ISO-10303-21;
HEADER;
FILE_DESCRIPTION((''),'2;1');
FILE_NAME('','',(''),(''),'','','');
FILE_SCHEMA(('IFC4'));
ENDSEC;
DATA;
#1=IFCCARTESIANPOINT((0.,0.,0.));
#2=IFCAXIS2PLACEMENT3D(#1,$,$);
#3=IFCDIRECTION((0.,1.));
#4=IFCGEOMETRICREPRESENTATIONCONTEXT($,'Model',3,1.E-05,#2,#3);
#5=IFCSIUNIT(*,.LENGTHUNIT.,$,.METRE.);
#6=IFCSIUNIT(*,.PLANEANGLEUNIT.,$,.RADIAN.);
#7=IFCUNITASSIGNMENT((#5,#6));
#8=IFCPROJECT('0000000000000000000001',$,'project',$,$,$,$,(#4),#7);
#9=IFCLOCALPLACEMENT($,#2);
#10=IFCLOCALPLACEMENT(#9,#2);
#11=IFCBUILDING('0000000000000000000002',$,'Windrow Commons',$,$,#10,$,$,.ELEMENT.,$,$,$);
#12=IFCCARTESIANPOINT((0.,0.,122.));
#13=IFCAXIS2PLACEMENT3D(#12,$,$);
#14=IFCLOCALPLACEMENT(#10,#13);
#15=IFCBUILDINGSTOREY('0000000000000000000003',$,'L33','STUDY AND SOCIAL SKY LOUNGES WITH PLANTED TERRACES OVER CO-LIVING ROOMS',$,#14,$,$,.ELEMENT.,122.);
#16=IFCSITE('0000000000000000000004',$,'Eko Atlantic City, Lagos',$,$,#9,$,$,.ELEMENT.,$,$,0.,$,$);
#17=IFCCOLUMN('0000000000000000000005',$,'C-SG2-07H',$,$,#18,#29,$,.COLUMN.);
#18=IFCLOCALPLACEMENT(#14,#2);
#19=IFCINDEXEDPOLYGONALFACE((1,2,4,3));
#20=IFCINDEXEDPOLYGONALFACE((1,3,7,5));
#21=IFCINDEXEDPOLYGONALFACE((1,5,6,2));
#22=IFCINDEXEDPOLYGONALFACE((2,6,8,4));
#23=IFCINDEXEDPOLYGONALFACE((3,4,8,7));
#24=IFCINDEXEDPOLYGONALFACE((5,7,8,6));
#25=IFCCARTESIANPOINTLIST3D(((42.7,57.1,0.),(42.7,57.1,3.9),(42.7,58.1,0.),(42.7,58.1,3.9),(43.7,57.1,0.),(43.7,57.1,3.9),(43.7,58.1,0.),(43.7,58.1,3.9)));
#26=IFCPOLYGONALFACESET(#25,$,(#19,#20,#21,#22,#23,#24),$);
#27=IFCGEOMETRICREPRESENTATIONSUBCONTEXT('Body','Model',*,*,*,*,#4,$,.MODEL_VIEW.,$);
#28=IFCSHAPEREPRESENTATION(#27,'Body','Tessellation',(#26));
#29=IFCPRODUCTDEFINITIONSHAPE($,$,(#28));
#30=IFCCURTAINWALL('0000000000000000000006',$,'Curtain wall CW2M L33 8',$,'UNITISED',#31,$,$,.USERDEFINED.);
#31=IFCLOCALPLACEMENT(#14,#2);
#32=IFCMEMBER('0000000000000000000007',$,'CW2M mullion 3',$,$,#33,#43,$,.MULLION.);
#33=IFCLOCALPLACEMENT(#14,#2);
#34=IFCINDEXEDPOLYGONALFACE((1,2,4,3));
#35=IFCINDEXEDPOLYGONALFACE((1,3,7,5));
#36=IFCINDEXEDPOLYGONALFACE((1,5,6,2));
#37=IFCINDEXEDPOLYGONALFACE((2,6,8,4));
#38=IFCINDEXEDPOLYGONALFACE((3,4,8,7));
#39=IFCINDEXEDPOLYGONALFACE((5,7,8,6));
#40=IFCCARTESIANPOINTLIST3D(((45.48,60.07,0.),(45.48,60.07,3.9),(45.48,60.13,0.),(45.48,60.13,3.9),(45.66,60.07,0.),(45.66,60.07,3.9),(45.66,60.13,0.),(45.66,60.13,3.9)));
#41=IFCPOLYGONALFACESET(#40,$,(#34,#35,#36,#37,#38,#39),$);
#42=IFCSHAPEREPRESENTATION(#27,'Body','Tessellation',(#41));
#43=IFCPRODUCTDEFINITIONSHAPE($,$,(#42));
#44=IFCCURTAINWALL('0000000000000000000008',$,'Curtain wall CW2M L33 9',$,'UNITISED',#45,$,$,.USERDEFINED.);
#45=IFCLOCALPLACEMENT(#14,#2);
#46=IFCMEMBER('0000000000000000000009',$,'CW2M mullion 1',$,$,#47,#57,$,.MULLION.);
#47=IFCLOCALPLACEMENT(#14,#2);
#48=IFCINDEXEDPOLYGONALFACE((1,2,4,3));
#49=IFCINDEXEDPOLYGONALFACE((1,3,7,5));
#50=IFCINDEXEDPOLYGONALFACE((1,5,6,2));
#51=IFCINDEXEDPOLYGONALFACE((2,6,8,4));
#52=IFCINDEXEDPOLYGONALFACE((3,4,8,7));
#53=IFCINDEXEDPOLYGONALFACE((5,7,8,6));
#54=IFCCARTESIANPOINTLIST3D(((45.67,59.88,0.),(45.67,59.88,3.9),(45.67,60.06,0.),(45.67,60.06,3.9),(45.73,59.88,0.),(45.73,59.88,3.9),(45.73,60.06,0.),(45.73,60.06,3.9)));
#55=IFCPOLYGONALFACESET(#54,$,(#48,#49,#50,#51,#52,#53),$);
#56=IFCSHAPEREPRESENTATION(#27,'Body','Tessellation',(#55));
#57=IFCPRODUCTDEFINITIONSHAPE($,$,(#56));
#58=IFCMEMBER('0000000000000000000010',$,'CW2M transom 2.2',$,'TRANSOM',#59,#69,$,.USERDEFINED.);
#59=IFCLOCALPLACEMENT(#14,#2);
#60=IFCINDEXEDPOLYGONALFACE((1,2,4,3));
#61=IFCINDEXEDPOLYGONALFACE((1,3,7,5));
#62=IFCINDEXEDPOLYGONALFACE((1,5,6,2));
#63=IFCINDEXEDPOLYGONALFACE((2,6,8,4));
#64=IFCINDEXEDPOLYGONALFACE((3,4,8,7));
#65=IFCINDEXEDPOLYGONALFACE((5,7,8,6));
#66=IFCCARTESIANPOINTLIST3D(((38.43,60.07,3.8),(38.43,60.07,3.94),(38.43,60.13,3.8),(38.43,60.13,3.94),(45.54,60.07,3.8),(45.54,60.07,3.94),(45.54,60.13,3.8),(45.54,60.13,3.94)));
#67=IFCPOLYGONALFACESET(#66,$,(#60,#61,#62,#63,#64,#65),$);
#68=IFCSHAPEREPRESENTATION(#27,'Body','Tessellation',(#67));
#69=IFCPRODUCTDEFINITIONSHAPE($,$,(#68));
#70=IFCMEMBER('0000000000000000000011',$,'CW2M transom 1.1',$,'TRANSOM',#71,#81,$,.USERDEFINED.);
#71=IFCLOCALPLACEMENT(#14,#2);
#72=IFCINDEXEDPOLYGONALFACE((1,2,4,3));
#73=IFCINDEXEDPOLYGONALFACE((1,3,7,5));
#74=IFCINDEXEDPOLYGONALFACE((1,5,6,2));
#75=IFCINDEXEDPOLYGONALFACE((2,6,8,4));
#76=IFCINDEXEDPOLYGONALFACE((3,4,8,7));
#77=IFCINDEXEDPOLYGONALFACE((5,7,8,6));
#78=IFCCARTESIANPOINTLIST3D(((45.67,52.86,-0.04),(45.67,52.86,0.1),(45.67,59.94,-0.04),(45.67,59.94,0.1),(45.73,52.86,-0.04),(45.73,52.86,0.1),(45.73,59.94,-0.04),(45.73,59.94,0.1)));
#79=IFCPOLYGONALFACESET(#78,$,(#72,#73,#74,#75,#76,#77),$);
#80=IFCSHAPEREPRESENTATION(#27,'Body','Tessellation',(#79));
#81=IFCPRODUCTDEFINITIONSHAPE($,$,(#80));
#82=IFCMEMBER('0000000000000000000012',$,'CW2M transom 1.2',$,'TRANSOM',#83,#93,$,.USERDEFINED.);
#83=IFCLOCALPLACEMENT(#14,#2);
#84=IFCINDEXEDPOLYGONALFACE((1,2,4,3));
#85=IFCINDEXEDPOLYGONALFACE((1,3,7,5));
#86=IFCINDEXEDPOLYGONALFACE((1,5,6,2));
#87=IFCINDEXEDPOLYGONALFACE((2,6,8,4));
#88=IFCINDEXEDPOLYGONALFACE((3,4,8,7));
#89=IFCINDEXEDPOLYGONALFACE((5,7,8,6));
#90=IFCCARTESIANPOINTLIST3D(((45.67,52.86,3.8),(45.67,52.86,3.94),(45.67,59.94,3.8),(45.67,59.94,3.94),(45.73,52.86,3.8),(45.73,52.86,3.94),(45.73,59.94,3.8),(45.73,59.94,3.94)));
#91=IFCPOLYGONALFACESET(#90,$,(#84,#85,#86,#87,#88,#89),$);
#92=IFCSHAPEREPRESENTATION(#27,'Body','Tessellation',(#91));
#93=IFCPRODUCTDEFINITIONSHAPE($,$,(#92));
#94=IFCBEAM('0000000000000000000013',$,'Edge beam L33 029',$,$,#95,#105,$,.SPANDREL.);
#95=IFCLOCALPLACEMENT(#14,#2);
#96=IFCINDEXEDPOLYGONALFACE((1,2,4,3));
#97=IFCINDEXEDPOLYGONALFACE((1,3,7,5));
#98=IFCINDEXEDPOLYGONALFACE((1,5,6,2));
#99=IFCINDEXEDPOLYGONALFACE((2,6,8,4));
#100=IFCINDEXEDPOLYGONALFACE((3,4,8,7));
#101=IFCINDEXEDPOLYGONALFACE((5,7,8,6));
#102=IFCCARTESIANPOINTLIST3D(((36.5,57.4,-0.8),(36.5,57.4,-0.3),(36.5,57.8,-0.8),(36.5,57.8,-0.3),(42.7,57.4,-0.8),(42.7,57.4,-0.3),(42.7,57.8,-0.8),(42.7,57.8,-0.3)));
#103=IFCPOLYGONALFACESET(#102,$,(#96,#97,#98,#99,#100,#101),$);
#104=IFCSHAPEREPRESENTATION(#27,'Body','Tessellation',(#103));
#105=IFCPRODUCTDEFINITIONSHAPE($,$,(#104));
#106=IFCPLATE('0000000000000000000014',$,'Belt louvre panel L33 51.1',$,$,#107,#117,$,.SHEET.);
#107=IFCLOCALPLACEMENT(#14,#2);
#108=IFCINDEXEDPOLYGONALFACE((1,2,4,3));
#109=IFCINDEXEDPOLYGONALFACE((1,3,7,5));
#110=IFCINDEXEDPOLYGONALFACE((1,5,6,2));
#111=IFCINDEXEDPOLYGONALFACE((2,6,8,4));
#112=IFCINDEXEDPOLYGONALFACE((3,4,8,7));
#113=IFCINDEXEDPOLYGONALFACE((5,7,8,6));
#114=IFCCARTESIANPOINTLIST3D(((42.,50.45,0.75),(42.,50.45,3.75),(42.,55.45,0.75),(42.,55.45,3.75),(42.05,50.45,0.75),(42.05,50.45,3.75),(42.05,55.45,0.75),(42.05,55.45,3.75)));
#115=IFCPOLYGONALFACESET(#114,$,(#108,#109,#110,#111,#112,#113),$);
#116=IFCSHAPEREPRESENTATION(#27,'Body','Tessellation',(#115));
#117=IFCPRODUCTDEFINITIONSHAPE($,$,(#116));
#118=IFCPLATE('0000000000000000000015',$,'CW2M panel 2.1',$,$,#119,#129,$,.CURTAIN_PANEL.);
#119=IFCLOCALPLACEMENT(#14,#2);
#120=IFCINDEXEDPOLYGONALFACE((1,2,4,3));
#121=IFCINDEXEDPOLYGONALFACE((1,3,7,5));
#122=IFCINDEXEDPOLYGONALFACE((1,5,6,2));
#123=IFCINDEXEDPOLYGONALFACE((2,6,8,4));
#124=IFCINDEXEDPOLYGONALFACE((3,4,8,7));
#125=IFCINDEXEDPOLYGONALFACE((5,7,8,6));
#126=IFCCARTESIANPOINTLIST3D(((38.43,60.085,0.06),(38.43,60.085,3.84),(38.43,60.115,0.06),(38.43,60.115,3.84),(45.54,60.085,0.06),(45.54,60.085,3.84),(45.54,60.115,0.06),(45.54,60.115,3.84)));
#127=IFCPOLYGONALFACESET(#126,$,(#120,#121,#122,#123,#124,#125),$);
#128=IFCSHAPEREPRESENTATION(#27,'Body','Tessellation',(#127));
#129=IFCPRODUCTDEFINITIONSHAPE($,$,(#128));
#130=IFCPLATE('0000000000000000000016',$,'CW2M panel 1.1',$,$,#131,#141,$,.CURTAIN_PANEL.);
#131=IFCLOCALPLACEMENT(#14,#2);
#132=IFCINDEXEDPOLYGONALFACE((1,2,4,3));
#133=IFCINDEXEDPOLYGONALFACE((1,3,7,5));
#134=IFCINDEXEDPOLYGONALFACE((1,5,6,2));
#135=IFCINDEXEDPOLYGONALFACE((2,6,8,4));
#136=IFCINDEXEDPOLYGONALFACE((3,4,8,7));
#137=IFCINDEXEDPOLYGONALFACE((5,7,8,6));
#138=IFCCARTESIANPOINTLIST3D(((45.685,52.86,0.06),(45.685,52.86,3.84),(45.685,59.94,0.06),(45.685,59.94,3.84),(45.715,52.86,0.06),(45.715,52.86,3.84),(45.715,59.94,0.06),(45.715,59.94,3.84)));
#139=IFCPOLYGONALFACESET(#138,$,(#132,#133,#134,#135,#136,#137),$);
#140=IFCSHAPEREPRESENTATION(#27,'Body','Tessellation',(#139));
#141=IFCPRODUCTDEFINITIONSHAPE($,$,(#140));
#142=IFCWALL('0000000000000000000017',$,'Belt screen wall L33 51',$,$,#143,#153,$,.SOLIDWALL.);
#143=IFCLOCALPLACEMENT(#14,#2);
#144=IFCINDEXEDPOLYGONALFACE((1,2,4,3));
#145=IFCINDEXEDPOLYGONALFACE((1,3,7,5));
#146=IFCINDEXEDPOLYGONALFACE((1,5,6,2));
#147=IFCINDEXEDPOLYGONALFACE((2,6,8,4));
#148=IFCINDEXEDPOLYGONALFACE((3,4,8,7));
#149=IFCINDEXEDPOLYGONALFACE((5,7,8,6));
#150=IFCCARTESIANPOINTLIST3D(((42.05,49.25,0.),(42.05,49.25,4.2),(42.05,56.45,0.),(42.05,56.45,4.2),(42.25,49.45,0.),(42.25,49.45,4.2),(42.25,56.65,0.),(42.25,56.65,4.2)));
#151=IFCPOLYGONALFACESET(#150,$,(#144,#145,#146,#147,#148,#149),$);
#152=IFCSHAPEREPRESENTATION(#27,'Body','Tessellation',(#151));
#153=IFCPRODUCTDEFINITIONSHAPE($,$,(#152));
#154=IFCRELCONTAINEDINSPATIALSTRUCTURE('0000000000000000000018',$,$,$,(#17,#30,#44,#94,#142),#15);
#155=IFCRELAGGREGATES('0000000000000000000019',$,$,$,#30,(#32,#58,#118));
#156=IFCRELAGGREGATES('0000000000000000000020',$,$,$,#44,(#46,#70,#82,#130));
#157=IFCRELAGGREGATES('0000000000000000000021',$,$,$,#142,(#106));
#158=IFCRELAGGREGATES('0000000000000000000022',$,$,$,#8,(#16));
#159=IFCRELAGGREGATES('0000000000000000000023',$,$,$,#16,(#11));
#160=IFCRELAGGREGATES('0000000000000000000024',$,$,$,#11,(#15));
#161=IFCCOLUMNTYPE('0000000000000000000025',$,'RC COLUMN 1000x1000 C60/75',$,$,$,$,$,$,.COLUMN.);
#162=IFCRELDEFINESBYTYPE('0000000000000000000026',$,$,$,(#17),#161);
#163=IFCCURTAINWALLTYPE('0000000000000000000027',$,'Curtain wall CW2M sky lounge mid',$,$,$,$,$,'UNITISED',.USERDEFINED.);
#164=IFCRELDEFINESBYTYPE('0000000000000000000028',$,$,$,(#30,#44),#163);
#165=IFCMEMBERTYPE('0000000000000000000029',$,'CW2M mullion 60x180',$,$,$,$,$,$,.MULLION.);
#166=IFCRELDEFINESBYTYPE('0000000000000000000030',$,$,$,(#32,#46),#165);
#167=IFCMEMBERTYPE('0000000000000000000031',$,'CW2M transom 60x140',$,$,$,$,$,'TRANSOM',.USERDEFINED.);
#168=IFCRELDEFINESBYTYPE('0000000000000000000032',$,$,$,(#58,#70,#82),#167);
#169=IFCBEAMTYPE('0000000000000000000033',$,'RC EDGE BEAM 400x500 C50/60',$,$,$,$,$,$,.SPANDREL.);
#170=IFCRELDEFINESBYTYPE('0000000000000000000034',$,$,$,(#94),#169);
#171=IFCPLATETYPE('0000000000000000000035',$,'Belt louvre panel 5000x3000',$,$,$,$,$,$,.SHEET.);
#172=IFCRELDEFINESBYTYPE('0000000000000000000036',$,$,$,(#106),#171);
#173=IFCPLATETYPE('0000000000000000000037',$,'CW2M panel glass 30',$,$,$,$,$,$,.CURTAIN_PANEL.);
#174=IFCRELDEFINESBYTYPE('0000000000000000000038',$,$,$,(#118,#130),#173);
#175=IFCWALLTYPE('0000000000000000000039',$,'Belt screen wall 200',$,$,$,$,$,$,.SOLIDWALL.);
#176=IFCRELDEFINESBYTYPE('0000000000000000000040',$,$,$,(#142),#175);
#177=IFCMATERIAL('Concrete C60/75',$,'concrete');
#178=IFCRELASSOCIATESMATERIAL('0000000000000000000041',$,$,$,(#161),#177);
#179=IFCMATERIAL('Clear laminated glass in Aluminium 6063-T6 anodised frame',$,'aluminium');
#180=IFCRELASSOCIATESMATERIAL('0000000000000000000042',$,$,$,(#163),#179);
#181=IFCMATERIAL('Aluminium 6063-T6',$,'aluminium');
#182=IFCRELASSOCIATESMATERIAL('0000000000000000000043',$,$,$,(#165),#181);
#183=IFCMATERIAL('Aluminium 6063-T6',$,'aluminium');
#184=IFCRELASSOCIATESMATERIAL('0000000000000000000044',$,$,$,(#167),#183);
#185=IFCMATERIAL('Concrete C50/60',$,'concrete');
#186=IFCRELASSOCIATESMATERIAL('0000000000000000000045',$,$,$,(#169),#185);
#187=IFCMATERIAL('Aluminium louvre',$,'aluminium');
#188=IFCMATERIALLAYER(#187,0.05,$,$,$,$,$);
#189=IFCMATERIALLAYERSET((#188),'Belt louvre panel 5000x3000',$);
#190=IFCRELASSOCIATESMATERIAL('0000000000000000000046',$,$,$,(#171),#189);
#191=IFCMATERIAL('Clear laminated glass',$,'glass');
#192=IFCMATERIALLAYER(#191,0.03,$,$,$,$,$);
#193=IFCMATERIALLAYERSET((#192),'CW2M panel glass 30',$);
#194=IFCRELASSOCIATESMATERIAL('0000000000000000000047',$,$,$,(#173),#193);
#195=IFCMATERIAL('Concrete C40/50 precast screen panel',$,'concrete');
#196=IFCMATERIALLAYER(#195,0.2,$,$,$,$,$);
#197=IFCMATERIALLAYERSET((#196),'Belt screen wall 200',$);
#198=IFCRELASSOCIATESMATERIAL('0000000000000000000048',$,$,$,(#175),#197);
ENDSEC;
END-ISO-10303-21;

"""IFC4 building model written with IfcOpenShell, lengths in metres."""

from ifc_helpers import new_model, si_unit, direction, frame, origin, origin_2d, place, context, subcontext, project, spatial, polyline, rectangle, outline, extrude, material, layer, layer_set, material_profile, profile_set, type_object, element, aggregate, save


model = new_model("IFC4")

# Units and contexts
model_context = context("Model", 3, precision=1e-05, world=origin(), true_north=direction((0.0, 1.0)))
body_context = subcontext(model_context, "Body", "Model", "MODEL_VIEW")
ifc_project = project(units=[si_unit("LENGTHUNIT", "METRE"), si_unit("PLANEANGLEUNIT", "RADIAN")], contexts=[model_context])

# Site, building, storey
site_placement = place(None, origin())
site = spatial("IfcSite", under=ifc_project, at=site_placement, Name="Eko Atlantic City, Lagos", CompositionType="ELEMENT", RefElevation=0.0)
building_placement = place(site_placement, origin())
building = spatial("IfcBuilding", under=site, at=building_placement, Name="Windrow Commons", CompositionType="ELEMENT")
storey_placement = place(building_placement, frame((0.0, 0.0, 122.0)))
storey = spatial("IfcBuildingStorey", under=building, at=storey_placement, Name="L33", Description="STUDY AND SOCIAL SKY LOUNGES WITH PLANTED TERRACES OVER CO-LIVING ROOMS", CompositionType="ELEMENT", Elevation=122.0)

# Column
ifc_material_1 = material(Name="Concrete C60/75", Category="concrete")
ifc_material_profile_1 = material_profile(ifc_material_1, rectangle(XDim=1.0, YDim=1.0, at=origin_2d()))
ifc_profile_set_1 = profile_set([ifc_material_profile_1], Name="Concrete C60/75")
column_type = type_object("IfcColumnType", Name="RC COLUMN 1000x1000 C60/75", PredefinedType="COLUMN", material=ifc_profile_set_1)
column_placement = place(storey_placement, frame((43.2, 57.6, 0.0), z_axis=(0.0, 0.0, 1.0), x_axis=(1.0, 0.0, 0.0)))
element("IfcColumn", 1, at=column_placement, inside=storey, type_object=column_type, Name="C-SG2-07H", PredefinedType="COLUMN", context=body_context, shape_type="SweptSolid", body=[
    extrude(rectangle(XDim=1.0, YDim=1.0, at=origin_2d()), origin(), (0.0, 0.0, 1.0), 3.9),
])

# Curtain walls, members
ifc_material_2 = material(Name="Clear laminated glass in Aluminium 6063-T6 anodised frame", Category="aluminium")
curtain_wall_type = type_object("IfcCurtainWallType", Name="Curtain wall CW2M sky lounge mid", ElementType="UNITISED", PredefinedType="USERDEFINED", material=ifc_material_2)
placement = place(storey_placement, origin())
curtain_wall_1 = element("IfcCurtainWall", 2, at=placement, inside=storey, type_object=curtain_wall_type, Name="Curtain wall CW2M L33 8", ObjectType="UNITISED", PredefinedType="USERDEFINED")
ifc_material_3 = material(Name="Aluminium 6063-T6", Category="aluminium")
ifc_material_profile_2 = material_profile(ifc_material_3, rectangle(XDim=0.06, YDim=0.18, at=origin_2d()))
ifc_profile_set_2 = profile_set([ifc_material_profile_2], Name="Aluminium 6063-T6")
member_type_1 = type_object("IfcMemberType", Name="CW2M mullion 60x180", PredefinedType="MULLION", material=ifc_profile_set_2)
member_1_placement = place(storey_placement, frame((45.57, 60.1, 0.0), z_axis=(0.0, 0.0, 1.0), x_axis=(0.0, 1.0, 0.0)))
member_1 = element("IfcMember", 3, at=member_1_placement, type_object=member_type_1, Name="CW2M mullion 3", PredefinedType="MULLION", context=body_context, shape_type="SweptSolid", body=[
    extrude(rectangle(XDim=0.06, YDim=0.18, at=origin_2d()), origin(), (0.0, 0.0, 1.0), 3.9),
])
curtain_wall_2 = element("IfcCurtainWall", 4, at=placement, inside=storey, type_object=curtain_wall_type, Name="Curtain wall CW2M L33 9", ObjectType="UNITISED", PredefinedType="USERDEFINED")
member_2_placement = place(storey_placement, frame((45.7, 59.97, 0.0), z_axis=(0.0, 0.0, 1.0), x_axis=(1.0, 0.0, 0.0)))
member_2 = element("IfcMember", 5, at=member_2_placement, type_object=member_type_1, Name="CW2M mullion 1", PredefinedType="MULLION", context=body_context, shape_type="SweptSolid", body=[
    extrude(rectangle(XDim=0.06, YDim=0.18, at=origin_2d()), origin(), (0.0, 0.0, 1.0), 3.9),
])

# Members
ifc_material_4 = material(Name="Aluminium 6063-T6", Category="aluminium")
ifc_material_profile_3 = material_profile(ifc_material_4, rectangle(XDim=0.06, YDim=0.14, at=origin_2d()))
ifc_profile_set_3 = profile_set([ifc_material_profile_3], Name="Aluminium 6063-T6")
member_type_2 = type_object("IfcMemberType", Name="CW2M transom 60x140", ElementType="TRANSOM", PredefinedType="USERDEFINED", material=ifc_profile_set_3)
member_3_placement = place(storey_placement, frame((38.43, 60.1, 3.87), z_axis=(1.0, 0.0, 0.0), x_axis=(0.0, 1.0, 0.0)))
member_3 = element("IfcMember", 6, at=member_3_placement, type_object=member_type_2, Name="CW2M transom 2.2", ObjectType="TRANSOM", PredefinedType="USERDEFINED", context=body_context, shape_type="SweptSolid", body=[
    extrude(rectangle(XDim=0.06, YDim=0.14, at=origin_2d()), origin(), (0.0, 0.0, 1.0), 7.11),
])
member_4_placement = place(storey_placement, frame((45.7, 59.94, 0.03), z_axis=(0.0, -1.0, 0.0), x_axis=(1.0, 0.0, 0.0)))
member_4 = element("IfcMember", 7, at=member_4_placement, type_object=member_type_2, Name="CW2M transom 1.1", ObjectType="TRANSOM", PredefinedType="USERDEFINED", context=body_context, shape_type="SweptSolid", body=[
    extrude(rectangle(XDim=0.06, YDim=0.14, at=origin_2d()), origin(), (0.0, 0.0, 1.0), 7.08),
])
member_5_placement = place(storey_placement, frame((45.7, 59.94, 3.87), z_axis=(0.0, -1.0, 0.0), x_axis=(1.0, 0.0, 0.0)))
member_5 = element("IfcMember", 8, at=member_5_placement, type_object=member_type_2, Name="CW2M transom 1.2", ObjectType="TRANSOM", PredefinedType="USERDEFINED", context=body_context, shape_type="SweptSolid", body=[
    extrude(rectangle(XDim=0.06, YDim=0.14, at=origin_2d()), origin(), (0.0, 0.0, 1.0), 7.08),
])

# Beam
ifc_material_5 = material(Name="Concrete C50/60", Category="concrete")
ifc_material_profile_4 = material_profile(ifc_material_5, rectangle(XDim=0.4, YDim=0.5, at=origin_2d()))
ifc_profile_set_4 = profile_set([ifc_material_profile_4], Name="Concrete C50/60")
beam_type = type_object("IfcBeamType", Name="RC EDGE BEAM 400x500 C50/60", PredefinedType="SPANDREL", material=ifc_profile_set_4)
beam_placement = place(storey_placement, frame((42.7, 57.6, -0.55), z_axis=(-1.0, 0.0, 0.0), x_axis=(0.0, -1.0, 0.0)))
element("IfcBeam", 9, at=beam_placement, inside=storey, type_object=beam_type, Name="Edge beam L33 029", PredefinedType="SPANDREL", context=body_context, shape_type="SweptSolid", body=[
    extrude(rectangle(XDim=0.4, YDim=0.5, at=origin_2d()), origin(), (0.0, 0.0, 1.0), 6.2),
])

# Plates
ifc_material_6 = material(Name="Aluminium louvre", Category="aluminium")
ifc_layer_1 = layer(ifc_material_6, 0.05)
ifc_layer_set_1 = layer_set([ifc_layer_1], Name="Belt louvre panel 5000x3000")
plate_type_1 = type_object("IfcPlateType", Name="Belt louvre panel 5000x3000", PredefinedType="SHEET", material=ifc_layer_set_1)
plate_1_placement = place(storey_placement, frame((42.0, 55.45, 0.75), z_axis=(-1.0, 0.0, 0.0), x_axis=(0.0, -1.0, 0.0)))
plate_1 = element("IfcPlate", 10, at=plate_1_placement, type_object=plate_type_1, Name="Belt louvre panel L33 51.1", PredefinedType="SHEET", context=body_context, shape_type="SweptSolid", body=[
    extrude(outline(polyline([(0.0, 0.0), (5.0, 0.0), (5.0, 3.0), (0.0, 3.0), (0.0, 0.0)])), origin(), (0.0, 0.0, -1.0), 0.05),
])
ifc_material_7 = material(Name="Clear laminated glass", Category="glass")
ifc_layer_2 = layer(ifc_material_7, 0.03)
ifc_layer_set_2 = layer_set([ifc_layer_2], Name="CW2M panel glass 30")
plate_type_2 = type_object("IfcPlateType", Name="CW2M panel glass 30", PredefinedType="CURTAIN_PANEL", material=ifc_layer_set_2)
plate_2_placement = place(storey_placement, frame((41.985, 60.1, 0.06), z_axis=(0.0, 0.0, 1.0), x_axis=(1.0, 0.0, 0.0)))
plate_2 = element("IfcPlate", 11, at=plate_2_placement, type_object=plate_type_2, Name="CW2M panel 2.1", PredefinedType="CURTAIN_PANEL", context=body_context, shape_type="SweptSolid", body=[
    extrude(rectangle(XDim=7.11, YDim=0.03, at=origin_2d()), origin(), (0.0, 0.0, 1.0), 3.78),
])
aggregate(curtain_wall_1, [member_1, member_3, plate_2])
plate_3_placement = place(storey_placement, frame((45.7, 56.4, 0.06), z_axis=(0.0, 0.0, 1.0), x_axis=(0.0, -1.0, 0.0)))
plate_3 = element("IfcPlate", 12, at=plate_3_placement, type_object=plate_type_2, Name="CW2M panel 1.1", PredefinedType="CURTAIN_PANEL", context=body_context, shape_type="SweptSolid", body=[
    extrude(rectangle(XDim=7.08, YDim=0.03, at=origin_2d()), origin(), (0.0, 0.0, 1.0), 3.78),
])
aggregate(curtain_wall_2, [member_2, member_4, member_5, plate_3])

# Wall
ifc_material_8 = material(Name="Concrete C40/50 precast screen panel", Category="concrete")
ifc_layer_3 = layer(ifc_material_8, 0.2)
ifc_layer_set_3 = layer_set([ifc_layer_3], Name="Belt screen wall 200")
wall_type_1 = type_object("IfcWallType", Name="Belt screen wall 200", PredefinedType="SOLIDWALL", material=ifc_layer_set_3)
wall_1_placement = place(storey_placement, frame((42.15, 56.55, 0.0), z_axis=(0.0, 0.0, 1.0), x_axis=(0.0, -1.0, 0.0)))
wall_1 = element("IfcWall", 13, at=wall_1_placement, inside=storey, type_object=wall_type_1, Name="Belt screen wall L33 51", PredefinedType="SOLIDWALL", context=body_context, shape_type="SweptSolid", body=[
    extrude(outline(polyline([(0.1, -0.1), (7.3, -0.1), (7.1, 0.1), (-0.1, 0.1), (0.1, -0.1)])), origin(), (0.0, 0.0, 1.0), 4.2),
])
aggregate(wall_1, [plate_1])

save(model, "model.ifc")
